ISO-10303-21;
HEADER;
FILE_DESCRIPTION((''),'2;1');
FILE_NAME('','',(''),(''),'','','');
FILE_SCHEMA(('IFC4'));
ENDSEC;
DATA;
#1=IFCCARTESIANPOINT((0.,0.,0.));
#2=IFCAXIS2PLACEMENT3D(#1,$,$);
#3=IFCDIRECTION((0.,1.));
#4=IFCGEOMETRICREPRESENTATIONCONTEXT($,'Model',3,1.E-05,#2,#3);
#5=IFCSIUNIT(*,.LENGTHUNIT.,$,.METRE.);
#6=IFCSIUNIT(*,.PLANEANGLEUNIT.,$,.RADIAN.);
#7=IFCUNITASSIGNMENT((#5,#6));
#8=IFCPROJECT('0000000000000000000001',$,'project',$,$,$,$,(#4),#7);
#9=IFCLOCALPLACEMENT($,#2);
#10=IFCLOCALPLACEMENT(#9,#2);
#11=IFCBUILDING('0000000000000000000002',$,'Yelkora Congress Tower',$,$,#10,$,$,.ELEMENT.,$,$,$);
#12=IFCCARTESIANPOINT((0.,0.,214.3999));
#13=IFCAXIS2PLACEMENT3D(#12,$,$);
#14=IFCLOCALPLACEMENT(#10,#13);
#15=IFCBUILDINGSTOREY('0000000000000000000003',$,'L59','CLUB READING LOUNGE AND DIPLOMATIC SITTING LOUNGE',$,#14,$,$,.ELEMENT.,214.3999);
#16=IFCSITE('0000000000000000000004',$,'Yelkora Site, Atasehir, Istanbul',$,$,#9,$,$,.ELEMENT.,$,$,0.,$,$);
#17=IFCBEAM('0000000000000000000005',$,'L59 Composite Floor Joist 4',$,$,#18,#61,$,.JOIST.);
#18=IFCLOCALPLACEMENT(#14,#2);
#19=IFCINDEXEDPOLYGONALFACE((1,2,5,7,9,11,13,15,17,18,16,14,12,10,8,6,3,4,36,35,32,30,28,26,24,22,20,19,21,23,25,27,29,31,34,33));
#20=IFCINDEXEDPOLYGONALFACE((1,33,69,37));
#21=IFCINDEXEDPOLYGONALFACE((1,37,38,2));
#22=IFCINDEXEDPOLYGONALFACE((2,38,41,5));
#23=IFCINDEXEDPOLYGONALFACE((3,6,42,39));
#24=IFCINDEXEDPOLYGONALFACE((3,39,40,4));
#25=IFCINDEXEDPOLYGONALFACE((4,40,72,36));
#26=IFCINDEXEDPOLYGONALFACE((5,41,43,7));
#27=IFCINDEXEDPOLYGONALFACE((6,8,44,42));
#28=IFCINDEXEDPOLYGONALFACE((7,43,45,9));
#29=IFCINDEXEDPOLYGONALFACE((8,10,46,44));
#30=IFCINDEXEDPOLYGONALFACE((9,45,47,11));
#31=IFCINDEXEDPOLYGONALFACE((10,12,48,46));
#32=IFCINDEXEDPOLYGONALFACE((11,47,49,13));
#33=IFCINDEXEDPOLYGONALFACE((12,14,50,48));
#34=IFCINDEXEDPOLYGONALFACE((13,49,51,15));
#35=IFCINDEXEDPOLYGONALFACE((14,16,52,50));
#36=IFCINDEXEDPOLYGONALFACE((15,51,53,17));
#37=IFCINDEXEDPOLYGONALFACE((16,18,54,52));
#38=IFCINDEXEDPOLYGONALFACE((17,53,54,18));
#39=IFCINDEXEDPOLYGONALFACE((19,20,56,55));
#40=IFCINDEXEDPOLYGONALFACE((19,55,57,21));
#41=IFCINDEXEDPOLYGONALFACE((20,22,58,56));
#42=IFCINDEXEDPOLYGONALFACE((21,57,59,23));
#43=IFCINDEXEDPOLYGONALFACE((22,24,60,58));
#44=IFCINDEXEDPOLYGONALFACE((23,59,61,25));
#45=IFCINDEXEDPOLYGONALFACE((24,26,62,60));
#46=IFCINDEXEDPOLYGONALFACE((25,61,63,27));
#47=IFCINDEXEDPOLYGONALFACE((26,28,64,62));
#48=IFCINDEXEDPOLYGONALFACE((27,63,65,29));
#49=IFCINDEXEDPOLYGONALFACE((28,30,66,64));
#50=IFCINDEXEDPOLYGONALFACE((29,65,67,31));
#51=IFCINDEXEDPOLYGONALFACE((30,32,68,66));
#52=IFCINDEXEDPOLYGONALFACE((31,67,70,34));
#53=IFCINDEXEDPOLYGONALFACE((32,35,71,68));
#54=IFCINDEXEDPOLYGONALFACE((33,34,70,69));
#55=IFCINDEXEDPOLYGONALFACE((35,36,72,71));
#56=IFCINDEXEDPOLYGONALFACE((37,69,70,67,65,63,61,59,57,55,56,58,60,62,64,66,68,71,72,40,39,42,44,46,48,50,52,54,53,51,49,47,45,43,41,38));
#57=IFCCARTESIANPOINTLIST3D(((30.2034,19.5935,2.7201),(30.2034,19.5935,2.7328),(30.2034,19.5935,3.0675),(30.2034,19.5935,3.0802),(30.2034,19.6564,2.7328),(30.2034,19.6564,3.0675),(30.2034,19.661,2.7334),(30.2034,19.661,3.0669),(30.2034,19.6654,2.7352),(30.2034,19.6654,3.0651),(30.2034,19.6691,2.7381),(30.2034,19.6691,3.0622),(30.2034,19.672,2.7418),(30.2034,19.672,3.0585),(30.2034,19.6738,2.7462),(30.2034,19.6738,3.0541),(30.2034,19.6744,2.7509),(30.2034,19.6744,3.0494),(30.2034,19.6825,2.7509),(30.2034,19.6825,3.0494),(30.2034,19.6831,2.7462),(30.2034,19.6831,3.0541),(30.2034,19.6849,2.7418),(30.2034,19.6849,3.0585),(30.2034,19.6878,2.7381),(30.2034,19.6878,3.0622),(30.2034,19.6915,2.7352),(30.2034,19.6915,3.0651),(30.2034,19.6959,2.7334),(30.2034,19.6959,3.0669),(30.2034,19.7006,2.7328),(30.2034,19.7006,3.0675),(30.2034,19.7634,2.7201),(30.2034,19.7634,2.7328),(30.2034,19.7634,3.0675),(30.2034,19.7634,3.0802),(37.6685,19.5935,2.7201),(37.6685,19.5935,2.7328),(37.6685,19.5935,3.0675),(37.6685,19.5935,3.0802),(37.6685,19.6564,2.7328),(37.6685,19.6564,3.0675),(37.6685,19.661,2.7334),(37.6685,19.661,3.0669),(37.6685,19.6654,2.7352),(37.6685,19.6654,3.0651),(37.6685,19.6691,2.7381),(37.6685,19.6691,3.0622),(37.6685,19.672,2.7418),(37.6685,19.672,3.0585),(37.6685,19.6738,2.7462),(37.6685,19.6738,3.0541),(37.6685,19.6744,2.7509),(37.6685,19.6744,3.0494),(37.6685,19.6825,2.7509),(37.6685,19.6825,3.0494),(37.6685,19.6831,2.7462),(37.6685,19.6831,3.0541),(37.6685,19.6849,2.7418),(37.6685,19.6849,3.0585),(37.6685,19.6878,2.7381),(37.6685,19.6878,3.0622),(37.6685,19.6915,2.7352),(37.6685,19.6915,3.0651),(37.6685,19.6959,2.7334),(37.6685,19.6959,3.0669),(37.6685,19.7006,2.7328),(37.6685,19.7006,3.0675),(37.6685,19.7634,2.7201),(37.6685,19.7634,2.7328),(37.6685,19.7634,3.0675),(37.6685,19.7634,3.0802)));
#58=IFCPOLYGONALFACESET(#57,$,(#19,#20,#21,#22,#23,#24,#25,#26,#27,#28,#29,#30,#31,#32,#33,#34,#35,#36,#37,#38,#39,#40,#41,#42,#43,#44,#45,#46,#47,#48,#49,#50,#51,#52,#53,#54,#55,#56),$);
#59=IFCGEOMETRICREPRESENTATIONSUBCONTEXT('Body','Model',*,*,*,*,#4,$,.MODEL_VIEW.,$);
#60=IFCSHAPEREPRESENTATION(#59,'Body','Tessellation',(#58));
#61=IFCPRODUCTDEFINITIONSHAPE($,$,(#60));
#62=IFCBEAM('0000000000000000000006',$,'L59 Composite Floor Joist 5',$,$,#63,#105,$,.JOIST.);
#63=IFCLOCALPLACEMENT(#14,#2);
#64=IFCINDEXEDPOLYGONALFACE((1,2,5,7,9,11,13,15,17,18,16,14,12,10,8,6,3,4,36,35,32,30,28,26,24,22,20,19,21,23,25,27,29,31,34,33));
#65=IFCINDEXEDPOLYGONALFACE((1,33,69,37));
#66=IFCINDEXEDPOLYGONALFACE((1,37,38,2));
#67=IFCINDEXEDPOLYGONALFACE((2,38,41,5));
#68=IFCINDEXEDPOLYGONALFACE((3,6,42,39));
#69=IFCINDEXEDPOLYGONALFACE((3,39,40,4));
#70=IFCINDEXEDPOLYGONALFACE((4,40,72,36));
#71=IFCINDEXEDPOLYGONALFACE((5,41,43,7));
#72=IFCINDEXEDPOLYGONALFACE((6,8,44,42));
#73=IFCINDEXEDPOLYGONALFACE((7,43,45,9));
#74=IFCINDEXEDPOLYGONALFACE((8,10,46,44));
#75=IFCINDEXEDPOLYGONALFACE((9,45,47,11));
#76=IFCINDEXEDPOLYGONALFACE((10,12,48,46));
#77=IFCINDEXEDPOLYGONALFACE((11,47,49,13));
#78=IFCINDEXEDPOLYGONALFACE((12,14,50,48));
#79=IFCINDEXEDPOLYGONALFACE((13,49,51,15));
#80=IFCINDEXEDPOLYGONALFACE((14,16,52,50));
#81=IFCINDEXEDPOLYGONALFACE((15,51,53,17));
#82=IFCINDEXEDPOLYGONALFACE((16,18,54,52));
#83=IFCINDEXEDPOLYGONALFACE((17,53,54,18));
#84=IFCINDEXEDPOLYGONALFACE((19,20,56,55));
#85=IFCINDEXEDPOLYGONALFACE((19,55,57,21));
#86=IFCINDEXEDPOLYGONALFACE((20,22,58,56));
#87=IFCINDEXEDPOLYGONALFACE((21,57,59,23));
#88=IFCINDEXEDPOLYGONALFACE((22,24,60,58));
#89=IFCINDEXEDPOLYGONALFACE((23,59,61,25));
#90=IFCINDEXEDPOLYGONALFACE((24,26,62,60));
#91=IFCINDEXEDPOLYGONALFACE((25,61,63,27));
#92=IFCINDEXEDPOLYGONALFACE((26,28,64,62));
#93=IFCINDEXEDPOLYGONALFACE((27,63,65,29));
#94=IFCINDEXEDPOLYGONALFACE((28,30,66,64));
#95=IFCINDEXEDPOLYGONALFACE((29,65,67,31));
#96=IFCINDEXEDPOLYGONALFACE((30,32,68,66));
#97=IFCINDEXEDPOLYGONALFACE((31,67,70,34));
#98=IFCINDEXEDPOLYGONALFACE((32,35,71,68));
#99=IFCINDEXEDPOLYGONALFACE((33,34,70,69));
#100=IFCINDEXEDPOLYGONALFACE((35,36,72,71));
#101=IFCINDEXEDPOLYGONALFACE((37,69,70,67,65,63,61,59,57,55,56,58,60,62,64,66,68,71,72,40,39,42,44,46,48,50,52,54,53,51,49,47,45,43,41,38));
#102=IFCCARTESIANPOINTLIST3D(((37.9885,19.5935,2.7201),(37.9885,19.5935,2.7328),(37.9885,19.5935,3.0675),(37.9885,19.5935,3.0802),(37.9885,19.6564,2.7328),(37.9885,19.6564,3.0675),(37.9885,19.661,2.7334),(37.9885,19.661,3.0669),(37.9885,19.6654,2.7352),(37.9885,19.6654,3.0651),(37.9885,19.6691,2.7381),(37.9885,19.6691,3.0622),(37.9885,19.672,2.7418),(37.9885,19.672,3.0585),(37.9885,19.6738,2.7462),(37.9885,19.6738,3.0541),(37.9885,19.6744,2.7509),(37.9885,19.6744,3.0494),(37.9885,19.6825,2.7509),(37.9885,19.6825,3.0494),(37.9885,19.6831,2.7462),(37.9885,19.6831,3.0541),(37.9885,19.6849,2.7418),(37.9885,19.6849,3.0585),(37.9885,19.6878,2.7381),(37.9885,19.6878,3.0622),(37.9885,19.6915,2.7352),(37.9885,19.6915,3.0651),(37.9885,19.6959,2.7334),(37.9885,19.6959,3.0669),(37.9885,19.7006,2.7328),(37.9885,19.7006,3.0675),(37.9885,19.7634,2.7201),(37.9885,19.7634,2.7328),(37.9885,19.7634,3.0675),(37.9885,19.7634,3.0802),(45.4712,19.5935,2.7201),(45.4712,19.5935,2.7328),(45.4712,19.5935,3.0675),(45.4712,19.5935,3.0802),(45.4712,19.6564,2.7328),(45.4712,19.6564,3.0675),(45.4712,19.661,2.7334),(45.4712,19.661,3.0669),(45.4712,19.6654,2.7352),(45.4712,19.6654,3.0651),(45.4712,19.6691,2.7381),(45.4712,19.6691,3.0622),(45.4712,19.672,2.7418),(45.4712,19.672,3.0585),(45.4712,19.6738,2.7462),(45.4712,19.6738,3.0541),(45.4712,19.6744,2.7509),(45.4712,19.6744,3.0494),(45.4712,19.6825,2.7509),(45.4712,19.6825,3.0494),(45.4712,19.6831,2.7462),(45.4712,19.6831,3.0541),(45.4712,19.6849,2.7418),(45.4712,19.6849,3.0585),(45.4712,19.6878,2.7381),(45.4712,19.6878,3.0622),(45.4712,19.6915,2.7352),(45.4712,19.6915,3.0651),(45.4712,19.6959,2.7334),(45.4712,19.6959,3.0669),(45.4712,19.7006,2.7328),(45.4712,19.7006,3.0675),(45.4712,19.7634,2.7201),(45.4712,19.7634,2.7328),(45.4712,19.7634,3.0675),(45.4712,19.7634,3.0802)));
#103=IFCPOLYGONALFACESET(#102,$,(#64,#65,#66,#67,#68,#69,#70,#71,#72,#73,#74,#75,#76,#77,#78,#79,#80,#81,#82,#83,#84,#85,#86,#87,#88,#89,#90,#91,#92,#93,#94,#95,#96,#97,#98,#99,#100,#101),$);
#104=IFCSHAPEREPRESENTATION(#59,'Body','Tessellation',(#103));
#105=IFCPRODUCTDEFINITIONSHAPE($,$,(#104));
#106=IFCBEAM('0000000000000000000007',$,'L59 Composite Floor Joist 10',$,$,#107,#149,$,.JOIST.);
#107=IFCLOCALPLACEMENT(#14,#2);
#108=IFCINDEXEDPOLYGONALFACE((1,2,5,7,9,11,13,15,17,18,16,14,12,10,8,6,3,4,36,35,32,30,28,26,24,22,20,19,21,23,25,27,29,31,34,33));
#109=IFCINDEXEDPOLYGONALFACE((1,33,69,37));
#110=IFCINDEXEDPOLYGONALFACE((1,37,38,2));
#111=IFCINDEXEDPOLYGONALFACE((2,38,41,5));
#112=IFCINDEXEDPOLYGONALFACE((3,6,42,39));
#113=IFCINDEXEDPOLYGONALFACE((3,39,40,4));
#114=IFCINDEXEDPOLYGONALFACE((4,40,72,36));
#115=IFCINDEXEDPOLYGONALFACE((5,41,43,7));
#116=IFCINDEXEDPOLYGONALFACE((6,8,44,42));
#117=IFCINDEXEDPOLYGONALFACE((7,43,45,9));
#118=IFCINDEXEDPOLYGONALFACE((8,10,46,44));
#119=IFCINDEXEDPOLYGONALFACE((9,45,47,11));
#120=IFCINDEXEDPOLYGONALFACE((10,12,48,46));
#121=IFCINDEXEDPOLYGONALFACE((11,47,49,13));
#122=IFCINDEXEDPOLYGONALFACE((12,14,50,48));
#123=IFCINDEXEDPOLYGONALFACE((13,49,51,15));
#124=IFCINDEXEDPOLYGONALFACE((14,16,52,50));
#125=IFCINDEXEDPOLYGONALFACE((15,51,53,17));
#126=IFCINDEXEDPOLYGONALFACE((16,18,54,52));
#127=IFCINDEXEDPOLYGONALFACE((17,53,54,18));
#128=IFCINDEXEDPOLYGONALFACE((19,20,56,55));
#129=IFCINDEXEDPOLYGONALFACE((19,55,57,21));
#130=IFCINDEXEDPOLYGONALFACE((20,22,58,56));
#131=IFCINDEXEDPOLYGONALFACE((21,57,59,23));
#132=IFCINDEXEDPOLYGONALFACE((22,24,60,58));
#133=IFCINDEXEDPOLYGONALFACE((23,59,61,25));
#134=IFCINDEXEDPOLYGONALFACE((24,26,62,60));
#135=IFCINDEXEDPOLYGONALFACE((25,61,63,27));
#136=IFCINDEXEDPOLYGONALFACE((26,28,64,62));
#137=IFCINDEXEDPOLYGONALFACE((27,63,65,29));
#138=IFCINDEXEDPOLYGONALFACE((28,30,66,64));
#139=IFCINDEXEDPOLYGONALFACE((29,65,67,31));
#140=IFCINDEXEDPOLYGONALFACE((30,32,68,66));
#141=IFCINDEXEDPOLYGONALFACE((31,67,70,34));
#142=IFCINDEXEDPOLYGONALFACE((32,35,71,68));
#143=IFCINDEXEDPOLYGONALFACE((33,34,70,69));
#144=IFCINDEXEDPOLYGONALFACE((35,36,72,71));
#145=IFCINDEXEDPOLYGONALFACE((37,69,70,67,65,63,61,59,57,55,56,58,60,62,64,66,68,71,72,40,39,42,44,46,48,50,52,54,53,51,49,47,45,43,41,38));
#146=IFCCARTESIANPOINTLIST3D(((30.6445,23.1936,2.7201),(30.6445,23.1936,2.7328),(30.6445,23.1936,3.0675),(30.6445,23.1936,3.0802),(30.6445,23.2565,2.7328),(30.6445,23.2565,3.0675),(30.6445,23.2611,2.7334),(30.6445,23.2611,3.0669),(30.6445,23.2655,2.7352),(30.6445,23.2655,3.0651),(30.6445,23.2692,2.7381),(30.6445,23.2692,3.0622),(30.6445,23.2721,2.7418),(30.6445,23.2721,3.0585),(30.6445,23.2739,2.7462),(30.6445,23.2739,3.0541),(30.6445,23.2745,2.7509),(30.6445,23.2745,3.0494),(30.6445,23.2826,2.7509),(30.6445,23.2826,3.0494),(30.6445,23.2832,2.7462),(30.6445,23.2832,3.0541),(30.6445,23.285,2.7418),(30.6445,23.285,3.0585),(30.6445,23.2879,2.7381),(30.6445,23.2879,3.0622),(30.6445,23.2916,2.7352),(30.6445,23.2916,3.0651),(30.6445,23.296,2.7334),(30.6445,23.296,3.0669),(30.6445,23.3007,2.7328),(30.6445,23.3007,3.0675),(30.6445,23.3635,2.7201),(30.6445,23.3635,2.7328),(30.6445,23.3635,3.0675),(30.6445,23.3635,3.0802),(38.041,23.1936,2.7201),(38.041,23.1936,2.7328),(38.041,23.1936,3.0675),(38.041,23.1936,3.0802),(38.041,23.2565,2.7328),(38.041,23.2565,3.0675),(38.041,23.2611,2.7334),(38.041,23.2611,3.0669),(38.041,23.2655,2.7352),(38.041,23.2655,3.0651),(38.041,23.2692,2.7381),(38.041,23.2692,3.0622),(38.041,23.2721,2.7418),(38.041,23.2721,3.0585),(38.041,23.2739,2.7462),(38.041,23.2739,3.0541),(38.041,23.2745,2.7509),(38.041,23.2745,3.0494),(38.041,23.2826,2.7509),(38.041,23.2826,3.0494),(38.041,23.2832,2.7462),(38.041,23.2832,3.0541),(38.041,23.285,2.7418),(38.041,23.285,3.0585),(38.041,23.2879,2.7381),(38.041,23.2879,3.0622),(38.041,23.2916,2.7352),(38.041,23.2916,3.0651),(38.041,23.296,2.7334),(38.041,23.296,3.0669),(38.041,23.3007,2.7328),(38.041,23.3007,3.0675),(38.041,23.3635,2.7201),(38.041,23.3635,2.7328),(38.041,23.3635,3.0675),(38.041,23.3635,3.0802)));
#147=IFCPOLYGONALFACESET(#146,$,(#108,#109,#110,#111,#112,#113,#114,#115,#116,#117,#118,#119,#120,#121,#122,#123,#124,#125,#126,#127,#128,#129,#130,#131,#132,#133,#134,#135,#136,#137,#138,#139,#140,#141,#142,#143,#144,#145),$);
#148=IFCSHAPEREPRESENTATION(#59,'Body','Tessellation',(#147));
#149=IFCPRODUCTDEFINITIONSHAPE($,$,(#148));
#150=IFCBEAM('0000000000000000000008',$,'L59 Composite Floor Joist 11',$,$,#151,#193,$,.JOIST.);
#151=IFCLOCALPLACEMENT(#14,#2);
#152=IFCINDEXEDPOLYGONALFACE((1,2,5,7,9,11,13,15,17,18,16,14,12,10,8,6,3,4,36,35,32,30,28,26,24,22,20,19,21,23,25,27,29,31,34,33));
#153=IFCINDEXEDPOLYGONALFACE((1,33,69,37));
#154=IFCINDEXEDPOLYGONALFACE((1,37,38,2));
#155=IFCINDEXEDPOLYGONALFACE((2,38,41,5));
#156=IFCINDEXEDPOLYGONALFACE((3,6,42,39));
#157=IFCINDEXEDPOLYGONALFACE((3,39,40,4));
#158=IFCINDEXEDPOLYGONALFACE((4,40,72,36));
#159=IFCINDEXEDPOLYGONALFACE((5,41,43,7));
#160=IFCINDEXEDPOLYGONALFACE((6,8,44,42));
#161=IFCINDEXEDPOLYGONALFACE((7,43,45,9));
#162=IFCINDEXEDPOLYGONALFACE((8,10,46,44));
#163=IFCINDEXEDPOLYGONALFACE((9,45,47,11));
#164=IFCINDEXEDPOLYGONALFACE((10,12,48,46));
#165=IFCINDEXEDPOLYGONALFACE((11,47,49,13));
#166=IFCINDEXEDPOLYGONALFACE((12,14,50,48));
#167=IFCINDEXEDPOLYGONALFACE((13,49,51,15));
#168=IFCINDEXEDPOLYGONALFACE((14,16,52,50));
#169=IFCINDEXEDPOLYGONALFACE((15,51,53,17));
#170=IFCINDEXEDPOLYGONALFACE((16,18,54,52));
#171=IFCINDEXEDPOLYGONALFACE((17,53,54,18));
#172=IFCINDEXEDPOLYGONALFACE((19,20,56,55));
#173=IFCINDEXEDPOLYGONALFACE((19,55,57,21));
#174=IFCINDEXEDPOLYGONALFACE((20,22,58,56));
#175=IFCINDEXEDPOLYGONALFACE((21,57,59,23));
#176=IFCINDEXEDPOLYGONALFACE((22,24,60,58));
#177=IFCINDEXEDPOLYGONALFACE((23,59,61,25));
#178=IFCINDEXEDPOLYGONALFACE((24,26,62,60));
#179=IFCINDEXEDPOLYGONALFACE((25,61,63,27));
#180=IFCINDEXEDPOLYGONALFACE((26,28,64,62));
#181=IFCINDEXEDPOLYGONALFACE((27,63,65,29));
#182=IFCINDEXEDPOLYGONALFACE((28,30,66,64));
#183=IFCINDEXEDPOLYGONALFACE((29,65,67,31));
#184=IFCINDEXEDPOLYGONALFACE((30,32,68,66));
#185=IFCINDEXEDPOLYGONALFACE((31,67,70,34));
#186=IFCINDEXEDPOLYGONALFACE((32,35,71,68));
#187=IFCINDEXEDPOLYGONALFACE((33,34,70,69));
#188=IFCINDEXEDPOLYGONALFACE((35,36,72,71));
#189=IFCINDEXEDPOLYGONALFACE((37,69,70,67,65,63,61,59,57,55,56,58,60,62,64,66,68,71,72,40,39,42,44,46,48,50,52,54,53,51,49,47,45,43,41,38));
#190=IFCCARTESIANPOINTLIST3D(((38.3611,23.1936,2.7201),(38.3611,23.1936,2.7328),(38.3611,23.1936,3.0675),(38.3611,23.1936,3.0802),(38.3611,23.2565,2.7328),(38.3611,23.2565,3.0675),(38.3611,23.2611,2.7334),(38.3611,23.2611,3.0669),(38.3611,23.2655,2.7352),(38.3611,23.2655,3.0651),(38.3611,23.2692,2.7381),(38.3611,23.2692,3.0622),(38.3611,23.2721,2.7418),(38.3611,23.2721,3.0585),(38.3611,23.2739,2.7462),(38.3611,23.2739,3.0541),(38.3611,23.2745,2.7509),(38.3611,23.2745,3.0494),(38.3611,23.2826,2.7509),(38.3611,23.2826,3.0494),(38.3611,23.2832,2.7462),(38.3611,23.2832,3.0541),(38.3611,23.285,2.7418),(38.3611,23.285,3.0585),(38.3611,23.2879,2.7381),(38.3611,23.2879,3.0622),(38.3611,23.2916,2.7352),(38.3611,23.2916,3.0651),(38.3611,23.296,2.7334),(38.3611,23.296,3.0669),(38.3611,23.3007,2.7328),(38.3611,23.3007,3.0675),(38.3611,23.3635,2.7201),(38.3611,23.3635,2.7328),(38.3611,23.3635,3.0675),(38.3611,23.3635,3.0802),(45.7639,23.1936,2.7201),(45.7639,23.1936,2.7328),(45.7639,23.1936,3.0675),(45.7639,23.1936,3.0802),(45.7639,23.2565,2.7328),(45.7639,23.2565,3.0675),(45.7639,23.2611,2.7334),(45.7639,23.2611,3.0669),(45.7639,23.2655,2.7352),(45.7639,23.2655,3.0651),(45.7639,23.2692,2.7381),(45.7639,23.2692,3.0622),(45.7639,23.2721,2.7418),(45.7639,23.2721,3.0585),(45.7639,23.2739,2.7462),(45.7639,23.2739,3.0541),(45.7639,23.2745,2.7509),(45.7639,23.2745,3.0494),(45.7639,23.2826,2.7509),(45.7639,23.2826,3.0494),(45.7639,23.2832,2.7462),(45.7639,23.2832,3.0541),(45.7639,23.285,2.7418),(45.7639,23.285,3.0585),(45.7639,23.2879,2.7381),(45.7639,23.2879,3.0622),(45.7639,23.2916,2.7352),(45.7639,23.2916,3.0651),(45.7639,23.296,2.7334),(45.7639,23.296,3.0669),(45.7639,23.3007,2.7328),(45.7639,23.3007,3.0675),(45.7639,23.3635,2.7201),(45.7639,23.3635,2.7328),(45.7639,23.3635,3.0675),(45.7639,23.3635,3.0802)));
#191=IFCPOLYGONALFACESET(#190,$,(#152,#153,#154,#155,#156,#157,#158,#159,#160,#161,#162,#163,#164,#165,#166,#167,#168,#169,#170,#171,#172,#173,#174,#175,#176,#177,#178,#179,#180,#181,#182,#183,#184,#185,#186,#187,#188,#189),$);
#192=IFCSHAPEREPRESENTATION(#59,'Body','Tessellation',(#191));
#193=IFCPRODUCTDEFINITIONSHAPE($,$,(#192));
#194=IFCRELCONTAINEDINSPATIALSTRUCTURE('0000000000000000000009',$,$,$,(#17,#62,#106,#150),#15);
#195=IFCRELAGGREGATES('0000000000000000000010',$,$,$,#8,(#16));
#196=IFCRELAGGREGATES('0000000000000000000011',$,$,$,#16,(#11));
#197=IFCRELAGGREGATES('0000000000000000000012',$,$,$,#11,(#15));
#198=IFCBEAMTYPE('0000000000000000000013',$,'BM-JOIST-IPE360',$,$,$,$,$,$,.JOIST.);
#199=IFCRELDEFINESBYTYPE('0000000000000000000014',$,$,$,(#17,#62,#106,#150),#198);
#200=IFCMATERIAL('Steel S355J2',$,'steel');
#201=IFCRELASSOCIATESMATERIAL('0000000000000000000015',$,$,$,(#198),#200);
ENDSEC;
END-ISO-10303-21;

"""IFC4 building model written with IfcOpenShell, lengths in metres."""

from ifc_helpers import new_model, si_unit, direction, frame, origin, origin_2d, place, context, subcontext, project, spatial, i_section, extrude, material, material_profile, profile_set, type_object, element, save


model = new_model("IFC4")

# Units and contexts
model_context = context("Model", 3, precision=1e-05, world=origin(), true_north=direction((0.0, 1.0)))
body_context = subcontext(model_context, "Body", "Model", "MODEL_VIEW")
ifc_project = project(units=[si_unit("LENGTHUNIT", "METRE"), si_unit("PLANEANGLEUNIT", "RADIAN")], contexts=[model_context])

# Site, building, storey
site_placement = place(None, origin())
site = spatial("IfcSite", under=ifc_project, at=site_placement, Name="Yelkora Site, Atasehir, Istanbul", CompositionType="ELEMENT", RefElevation=0.0)
building_placement = place(site_placement, origin())
building = spatial("IfcBuilding", under=site, at=building_placement, Name="Yelkora Congress Tower", CompositionType="ELEMENT")
storey_placement = place(building_placement, frame((0.0, 0.0, 214.3999)))
storey = spatial("IfcBuildingStorey", under=building, at=storey_placement, Name="L59", Description="CLUB READING LOUNGE AND DIPLOMATIC SITTING LOUNGE", CompositionType="ELEMENT", Elevation=214.3999)

# Beams
ifc_material_1 = material(Name="Steel S355J2", Category="steel")
ifc_material_profile_1 = material_profile(ifc_material_1, i_section(OverallWidth=0.1699, OverallDepth=0.3601, WebThickness=0.0081, FlangeThickness=0.0127, FilletRadius=0.0181, at=origin_2d()), Name="IPE 360")
ifc_profile_set_1 = profile_set([ifc_material_profile_1], Name="Steel S355J2")
beam_type_1 = type_object("IfcBeamType", Name="BM-JOIST-IPE360", PredefinedType="JOIST", material=ifc_profile_set_1)
beam_1_placement = place(storey_placement, frame((30.2034, 19.6785, 2.9001), z_axis=(1.0, 0.0, 0.0), x_axis=(0.0, 1.0, 0.0)))
element("IfcBeam", 1, at=beam_1_placement, inside=storey, type_object=beam_type_1, Name="L59 Composite Floor Joist 4", PredefinedType="JOIST", context=body_context, shape_type="SweptSolid", body=[
    extrude(i_section(OverallWidth=0.1699, OverallDepth=0.3601, WebThickness=0.0081, FlangeThickness=0.0127, FilletRadius=0.0181, at=origin_2d()), origin(), (0.0, 0.0, 1.0), 7.4651),
])
beam_2_placement = place(storey_placement, frame((37.9885, 19.6785, 2.9001), z_axis=(1.0, 0.0, 0.0), x_axis=(0.0, 1.0, 0.0)))
element("IfcBeam", 2, at=beam_2_placement, inside=storey, type_object=beam_type_1, Name="L59 Composite Floor Joist 5", PredefinedType="JOIST", context=body_context, shape_type="SweptSolid", body=[
    extrude(i_section(OverallWidth=0.1699, OverallDepth=0.3601, WebThickness=0.0081, FlangeThickness=0.0127, FilletRadius=0.0181, at=origin_2d()), origin(), (0.0, 0.0, 1.0), 7.4827),
])
beam_3_placement = place(storey_placement, frame((30.6445, 23.2786, 2.9001), z_axis=(1.0, 0.0, 0.0), x_axis=(0.0, 1.0, 0.0)))
element("IfcBeam", 3, at=beam_3_placement, inside=storey, type_object=beam_type_1, Name="L59 Composite Floor Joist 10", PredefinedType="JOIST", context=body_context, shape_type="SweptSolid", body=[
    extrude(i_section(OverallWidth=0.1699, OverallDepth=0.3601, WebThickness=0.0081, FlangeThickness=0.0127, FilletRadius=0.0181, at=origin_2d()), origin(), (0.0, 0.0, 1.0), 7.3965),
])
beam_4_placement = place(storey_placement, frame((38.3611, 23.2786, 2.9001), z_axis=(1.0, 0.0, 0.0), x_axis=(0.0, 1.0, 0.0)))
element("IfcBeam", 4, at=beam_4_placement, inside=storey, type_object=beam_type_1, Name="L59 Composite Floor Joist 11", PredefinedType="JOIST", context=body_context, shape_type="SweptSolid", body=[
    extrude(i_section(OverallWidth=0.1699, OverallDepth=0.3601, WebThickness=0.0081, FlangeThickness=0.0127, FilletRadius=0.0181, at=origin_2d()), origin(), (0.0, 0.0, 1.0), 7.4028),
])

save(model, "model.ifc")
